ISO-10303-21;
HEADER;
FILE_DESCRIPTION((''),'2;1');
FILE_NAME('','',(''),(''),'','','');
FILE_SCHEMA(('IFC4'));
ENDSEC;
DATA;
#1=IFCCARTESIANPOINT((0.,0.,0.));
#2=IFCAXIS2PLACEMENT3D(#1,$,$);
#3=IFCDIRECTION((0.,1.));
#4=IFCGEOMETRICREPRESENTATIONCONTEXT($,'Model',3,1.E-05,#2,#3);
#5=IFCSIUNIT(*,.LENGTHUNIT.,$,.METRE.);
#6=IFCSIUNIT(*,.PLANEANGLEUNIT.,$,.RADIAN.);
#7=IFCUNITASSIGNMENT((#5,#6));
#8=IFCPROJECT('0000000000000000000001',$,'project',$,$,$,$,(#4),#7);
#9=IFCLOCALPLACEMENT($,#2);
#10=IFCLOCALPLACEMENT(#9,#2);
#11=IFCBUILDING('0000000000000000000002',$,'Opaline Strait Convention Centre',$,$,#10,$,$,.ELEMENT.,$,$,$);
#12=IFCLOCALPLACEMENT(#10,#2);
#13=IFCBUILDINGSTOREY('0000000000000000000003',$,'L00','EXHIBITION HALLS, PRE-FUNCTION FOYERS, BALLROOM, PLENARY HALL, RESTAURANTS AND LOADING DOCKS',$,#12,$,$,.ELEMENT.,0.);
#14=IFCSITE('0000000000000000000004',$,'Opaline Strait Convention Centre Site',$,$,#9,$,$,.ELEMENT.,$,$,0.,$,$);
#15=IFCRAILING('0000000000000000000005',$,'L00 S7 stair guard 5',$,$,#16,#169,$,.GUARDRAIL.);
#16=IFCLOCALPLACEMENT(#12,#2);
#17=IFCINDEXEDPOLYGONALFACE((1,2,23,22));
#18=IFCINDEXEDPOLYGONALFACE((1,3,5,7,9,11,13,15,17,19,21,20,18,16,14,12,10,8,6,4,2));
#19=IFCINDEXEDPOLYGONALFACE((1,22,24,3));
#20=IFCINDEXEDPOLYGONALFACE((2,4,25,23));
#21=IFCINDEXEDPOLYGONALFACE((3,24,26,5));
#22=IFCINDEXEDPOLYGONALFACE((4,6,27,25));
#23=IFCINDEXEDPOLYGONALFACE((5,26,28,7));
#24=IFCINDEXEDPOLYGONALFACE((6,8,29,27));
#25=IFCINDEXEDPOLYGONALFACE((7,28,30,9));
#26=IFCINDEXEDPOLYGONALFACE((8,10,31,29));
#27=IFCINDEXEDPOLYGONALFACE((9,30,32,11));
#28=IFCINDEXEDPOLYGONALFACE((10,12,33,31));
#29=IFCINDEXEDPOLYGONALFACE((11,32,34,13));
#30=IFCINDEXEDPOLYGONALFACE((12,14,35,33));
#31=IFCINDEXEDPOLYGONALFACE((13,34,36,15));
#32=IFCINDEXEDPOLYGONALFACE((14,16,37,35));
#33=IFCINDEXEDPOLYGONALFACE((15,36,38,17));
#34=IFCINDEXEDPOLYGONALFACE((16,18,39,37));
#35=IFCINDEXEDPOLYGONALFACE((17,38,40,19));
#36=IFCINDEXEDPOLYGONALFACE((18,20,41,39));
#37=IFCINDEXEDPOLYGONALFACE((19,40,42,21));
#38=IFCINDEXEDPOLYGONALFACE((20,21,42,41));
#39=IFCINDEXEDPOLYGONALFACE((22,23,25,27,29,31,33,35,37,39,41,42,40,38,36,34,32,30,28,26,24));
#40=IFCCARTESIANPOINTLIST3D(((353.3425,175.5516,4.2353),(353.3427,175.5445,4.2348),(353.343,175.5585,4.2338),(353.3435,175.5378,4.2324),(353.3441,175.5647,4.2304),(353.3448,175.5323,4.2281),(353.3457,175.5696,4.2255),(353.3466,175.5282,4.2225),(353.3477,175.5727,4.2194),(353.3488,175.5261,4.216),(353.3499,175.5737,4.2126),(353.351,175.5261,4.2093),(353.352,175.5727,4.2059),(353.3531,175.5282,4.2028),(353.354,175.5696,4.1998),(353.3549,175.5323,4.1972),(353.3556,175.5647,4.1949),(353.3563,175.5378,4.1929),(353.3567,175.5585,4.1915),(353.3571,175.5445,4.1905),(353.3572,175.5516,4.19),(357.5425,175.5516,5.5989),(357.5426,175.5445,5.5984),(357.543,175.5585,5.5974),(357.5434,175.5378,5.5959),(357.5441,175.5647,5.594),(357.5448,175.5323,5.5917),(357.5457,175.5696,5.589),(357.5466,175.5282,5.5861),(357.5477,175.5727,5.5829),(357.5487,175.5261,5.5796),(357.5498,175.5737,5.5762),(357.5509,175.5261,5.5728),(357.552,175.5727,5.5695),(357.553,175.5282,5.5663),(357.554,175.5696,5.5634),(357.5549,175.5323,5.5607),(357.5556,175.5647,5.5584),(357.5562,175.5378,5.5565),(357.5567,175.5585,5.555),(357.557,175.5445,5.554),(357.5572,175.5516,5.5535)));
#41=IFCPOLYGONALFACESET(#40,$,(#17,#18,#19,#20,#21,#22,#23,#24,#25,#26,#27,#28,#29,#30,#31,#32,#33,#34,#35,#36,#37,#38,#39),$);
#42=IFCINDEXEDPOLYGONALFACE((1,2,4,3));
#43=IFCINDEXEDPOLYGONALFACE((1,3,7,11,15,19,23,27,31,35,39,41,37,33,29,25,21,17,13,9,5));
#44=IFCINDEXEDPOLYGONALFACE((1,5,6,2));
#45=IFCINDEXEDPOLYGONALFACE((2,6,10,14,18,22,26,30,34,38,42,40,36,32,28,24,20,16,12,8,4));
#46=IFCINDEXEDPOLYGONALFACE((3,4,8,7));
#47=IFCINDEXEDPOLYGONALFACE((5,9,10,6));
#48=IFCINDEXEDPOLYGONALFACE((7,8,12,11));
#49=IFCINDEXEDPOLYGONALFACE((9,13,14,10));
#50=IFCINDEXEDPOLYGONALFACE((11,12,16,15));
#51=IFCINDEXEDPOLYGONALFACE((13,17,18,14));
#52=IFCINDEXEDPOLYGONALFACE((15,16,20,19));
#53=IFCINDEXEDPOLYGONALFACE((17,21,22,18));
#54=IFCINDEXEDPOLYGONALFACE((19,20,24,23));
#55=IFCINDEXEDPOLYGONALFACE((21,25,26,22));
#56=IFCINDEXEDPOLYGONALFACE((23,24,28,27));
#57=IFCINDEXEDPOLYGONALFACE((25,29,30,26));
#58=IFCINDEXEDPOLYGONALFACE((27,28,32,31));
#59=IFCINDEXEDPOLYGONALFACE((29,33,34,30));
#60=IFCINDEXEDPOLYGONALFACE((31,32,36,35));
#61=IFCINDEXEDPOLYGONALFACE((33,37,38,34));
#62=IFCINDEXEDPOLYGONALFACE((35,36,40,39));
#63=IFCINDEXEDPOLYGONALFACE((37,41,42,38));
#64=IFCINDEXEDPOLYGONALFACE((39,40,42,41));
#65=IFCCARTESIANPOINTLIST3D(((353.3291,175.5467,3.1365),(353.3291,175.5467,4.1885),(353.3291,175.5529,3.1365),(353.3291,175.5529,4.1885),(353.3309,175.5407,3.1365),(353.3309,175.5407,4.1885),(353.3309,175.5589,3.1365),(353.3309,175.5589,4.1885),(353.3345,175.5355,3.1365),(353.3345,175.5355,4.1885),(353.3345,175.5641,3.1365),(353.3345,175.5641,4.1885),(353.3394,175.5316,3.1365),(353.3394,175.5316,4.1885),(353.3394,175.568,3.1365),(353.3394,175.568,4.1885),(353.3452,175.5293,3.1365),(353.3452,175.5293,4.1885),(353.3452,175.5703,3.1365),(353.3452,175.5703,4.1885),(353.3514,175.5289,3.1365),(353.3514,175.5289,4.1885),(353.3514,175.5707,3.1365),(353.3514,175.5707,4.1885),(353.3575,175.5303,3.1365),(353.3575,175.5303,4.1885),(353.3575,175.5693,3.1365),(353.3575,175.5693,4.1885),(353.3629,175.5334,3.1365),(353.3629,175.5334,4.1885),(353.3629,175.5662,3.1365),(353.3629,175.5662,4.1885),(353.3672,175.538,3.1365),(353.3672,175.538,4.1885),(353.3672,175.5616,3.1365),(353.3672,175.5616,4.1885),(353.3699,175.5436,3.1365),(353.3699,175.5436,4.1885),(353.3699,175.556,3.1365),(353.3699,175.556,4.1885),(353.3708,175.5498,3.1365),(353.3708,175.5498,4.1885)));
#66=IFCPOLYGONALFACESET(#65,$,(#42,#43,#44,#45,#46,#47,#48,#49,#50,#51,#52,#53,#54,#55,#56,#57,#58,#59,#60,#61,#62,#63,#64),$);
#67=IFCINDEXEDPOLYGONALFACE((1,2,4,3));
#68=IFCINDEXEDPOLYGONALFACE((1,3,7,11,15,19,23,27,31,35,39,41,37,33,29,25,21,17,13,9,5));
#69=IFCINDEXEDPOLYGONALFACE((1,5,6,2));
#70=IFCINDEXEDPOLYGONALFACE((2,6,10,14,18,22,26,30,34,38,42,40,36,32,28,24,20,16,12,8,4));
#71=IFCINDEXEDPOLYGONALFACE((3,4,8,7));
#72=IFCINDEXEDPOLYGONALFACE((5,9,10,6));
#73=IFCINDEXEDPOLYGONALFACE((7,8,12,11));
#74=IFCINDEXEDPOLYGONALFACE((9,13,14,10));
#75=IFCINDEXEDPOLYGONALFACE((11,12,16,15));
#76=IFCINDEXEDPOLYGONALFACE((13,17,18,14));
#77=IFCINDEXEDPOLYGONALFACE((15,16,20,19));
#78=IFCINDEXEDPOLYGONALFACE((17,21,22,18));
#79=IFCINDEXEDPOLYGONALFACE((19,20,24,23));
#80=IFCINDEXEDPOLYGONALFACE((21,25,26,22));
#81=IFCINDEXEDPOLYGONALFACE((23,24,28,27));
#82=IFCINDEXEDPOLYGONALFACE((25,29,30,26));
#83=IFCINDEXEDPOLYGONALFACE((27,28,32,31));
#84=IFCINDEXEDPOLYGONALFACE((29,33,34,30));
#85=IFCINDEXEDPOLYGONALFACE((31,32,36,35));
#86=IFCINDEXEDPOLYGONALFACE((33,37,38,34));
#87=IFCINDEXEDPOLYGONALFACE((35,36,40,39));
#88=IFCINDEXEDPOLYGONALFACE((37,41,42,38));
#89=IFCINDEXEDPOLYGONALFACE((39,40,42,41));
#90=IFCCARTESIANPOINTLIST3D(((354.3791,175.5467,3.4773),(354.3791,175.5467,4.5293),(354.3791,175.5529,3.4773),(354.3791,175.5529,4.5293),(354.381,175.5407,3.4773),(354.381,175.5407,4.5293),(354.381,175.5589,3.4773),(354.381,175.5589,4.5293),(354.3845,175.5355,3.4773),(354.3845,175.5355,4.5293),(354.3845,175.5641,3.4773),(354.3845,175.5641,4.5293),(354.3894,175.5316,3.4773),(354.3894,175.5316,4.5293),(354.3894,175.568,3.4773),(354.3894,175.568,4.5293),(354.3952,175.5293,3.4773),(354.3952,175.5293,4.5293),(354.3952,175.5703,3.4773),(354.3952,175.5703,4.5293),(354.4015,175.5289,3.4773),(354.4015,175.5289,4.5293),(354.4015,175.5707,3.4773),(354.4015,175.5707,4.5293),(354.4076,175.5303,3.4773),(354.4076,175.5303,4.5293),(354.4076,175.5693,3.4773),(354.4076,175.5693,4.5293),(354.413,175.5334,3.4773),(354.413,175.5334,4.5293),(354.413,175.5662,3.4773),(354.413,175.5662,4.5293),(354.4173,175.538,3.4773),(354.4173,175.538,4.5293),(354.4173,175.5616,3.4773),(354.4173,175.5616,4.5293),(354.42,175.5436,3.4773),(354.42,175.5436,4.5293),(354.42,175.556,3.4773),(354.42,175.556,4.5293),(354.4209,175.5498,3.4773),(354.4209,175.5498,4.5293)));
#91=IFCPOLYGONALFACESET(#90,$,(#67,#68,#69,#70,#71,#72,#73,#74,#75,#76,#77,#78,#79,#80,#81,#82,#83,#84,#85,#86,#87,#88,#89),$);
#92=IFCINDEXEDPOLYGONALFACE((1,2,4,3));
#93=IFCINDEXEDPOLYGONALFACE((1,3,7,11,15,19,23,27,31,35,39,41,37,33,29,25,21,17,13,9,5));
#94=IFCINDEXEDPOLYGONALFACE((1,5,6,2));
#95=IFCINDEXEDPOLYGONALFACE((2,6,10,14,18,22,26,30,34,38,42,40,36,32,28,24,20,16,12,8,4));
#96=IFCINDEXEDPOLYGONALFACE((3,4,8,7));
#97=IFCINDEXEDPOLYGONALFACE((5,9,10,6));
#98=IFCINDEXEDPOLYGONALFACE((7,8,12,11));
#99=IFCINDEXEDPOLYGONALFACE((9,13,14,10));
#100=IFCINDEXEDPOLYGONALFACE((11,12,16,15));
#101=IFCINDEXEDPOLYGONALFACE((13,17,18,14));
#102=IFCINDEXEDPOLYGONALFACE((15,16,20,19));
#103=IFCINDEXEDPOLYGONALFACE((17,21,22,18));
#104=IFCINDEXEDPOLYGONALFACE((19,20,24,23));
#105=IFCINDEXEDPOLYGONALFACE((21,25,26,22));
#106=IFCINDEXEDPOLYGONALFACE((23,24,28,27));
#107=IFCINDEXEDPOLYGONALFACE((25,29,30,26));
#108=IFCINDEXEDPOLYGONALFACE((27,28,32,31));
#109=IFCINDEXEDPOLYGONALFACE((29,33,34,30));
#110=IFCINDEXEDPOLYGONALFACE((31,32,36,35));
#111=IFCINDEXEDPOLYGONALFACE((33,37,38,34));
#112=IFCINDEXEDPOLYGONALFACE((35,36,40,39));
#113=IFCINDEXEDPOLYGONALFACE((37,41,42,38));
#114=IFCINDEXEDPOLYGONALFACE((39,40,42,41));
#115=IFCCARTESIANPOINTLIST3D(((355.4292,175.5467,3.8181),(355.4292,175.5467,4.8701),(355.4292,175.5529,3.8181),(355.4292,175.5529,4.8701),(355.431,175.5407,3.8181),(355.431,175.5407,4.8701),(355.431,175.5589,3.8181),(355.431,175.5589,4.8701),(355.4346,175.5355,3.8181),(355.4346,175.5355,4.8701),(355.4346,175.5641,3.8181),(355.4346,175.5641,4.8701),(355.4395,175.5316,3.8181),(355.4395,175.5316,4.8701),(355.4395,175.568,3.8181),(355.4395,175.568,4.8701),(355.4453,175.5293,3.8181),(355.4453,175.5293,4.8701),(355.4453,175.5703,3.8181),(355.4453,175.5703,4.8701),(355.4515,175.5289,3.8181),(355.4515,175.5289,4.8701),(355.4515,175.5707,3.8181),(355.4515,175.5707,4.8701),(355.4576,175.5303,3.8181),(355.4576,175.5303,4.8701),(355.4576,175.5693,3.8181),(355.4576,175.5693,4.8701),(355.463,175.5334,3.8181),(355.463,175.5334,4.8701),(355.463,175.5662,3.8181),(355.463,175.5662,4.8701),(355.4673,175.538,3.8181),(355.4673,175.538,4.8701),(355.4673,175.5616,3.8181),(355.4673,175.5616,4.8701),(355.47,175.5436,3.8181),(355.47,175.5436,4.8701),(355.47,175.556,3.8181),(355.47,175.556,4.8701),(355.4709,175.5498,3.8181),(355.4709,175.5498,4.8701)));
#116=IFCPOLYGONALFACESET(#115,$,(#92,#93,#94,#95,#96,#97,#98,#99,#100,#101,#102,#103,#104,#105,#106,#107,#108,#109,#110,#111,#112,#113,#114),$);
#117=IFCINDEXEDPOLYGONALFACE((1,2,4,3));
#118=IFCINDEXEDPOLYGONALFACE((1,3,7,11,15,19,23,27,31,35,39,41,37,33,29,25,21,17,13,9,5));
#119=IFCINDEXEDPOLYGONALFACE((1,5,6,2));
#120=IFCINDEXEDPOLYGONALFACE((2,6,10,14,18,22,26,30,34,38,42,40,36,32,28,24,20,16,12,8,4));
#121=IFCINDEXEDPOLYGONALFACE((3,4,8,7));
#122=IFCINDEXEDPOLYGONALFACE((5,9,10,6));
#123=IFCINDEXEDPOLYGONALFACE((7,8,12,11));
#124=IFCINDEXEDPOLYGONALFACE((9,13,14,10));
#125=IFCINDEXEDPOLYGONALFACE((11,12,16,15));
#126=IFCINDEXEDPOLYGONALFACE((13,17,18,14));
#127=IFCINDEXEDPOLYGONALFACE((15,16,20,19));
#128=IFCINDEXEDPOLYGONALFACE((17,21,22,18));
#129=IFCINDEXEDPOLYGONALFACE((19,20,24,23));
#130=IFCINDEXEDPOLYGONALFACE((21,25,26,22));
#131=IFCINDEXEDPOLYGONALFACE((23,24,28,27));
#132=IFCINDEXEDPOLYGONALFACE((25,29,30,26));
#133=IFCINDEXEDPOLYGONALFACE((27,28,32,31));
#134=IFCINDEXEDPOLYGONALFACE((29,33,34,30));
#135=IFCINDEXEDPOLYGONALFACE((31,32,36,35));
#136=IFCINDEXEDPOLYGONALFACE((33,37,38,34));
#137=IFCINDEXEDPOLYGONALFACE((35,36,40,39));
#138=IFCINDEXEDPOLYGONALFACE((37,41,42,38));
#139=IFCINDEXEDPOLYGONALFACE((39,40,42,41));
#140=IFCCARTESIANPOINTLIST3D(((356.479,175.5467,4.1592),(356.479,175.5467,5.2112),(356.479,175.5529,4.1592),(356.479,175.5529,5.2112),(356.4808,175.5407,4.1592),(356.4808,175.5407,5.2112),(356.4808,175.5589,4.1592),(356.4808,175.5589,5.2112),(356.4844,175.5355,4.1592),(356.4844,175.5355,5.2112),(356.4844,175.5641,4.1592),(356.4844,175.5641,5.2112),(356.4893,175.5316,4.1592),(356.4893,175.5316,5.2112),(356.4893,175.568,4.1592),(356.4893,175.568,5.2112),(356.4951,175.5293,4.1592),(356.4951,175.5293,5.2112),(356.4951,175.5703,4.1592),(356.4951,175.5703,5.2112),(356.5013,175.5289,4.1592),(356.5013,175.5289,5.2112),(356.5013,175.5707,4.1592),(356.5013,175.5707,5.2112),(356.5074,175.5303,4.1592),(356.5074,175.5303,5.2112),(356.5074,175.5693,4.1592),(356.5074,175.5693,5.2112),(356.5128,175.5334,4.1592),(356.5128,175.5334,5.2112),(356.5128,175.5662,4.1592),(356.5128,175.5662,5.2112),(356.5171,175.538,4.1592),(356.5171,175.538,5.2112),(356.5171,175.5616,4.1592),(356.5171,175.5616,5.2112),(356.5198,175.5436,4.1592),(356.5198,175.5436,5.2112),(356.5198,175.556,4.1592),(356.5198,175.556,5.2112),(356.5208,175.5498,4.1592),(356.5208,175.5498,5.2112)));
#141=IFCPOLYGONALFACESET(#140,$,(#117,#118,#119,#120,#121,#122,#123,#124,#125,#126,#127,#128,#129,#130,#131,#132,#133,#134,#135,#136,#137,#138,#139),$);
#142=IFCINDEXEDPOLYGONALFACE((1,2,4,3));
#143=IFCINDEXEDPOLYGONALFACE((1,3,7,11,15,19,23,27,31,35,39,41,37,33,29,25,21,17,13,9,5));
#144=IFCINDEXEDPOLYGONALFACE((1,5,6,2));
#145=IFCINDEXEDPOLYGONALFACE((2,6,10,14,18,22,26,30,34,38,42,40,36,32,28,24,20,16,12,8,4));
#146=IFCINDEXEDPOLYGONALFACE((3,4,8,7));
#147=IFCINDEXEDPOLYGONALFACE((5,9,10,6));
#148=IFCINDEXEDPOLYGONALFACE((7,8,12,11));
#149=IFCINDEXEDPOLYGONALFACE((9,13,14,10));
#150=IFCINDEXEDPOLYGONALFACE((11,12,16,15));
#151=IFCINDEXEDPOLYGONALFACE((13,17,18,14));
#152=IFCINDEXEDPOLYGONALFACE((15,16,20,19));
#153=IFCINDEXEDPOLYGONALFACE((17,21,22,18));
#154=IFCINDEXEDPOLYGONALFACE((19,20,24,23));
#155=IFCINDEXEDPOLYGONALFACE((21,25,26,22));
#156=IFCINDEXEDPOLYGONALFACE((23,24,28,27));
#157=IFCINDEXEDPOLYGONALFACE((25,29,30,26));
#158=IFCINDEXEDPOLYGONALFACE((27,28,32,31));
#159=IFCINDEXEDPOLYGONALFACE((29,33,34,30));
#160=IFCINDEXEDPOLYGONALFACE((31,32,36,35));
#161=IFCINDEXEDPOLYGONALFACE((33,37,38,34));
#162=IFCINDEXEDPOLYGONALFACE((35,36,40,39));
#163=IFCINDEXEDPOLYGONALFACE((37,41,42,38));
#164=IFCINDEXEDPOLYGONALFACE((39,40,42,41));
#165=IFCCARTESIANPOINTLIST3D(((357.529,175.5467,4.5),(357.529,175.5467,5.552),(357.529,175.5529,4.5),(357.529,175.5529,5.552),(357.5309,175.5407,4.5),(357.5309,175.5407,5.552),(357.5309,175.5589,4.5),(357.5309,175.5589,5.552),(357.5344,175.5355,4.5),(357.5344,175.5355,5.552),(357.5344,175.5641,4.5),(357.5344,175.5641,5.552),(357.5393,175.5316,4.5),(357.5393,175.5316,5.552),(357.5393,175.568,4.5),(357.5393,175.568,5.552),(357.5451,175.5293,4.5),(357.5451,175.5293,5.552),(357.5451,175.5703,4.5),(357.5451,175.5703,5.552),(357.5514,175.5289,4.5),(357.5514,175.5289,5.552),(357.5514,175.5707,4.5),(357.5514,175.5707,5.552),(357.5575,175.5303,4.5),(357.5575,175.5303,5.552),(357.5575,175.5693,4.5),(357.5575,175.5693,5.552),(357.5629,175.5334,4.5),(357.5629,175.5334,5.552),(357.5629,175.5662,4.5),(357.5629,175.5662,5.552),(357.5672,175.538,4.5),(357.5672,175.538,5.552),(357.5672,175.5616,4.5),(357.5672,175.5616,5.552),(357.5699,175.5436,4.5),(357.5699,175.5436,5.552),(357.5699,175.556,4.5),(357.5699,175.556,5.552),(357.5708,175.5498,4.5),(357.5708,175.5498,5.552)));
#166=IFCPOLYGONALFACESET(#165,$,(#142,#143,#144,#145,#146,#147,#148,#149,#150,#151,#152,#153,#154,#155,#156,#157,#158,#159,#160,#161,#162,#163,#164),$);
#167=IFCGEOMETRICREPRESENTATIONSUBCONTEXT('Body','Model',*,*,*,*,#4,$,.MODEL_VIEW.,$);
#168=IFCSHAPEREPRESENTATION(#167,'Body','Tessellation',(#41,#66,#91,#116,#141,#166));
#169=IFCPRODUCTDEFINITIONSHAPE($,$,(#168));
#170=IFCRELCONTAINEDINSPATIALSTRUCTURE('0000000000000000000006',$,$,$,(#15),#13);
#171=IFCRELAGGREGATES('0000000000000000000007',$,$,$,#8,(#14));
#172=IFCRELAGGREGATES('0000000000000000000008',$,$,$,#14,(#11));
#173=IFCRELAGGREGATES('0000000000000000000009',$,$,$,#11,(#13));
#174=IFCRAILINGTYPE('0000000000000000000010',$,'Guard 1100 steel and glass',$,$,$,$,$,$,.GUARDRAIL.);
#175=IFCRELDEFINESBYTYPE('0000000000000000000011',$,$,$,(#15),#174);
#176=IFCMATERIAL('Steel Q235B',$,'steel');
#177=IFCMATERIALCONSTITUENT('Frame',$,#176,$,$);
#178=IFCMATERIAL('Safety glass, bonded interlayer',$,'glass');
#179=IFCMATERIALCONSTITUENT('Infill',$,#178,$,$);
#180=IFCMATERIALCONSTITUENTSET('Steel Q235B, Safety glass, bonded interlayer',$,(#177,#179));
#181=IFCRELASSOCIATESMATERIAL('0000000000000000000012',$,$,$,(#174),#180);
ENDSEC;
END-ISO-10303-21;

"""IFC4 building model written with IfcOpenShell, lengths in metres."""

from ifc_helpers import new_model, si_unit, direction, frame, origin, origin_2d, place, context, subcontext, project, spatial, circle, extrude, material, constituent, constituent_set, type_object, element, save


model = new_model("IFC4")

# Units and contexts
model_context = context("Model", 3, precision=1e-05, world=origin(), true_north=direction((0.0, 1.0)))
body_context = subcontext(model_context, "Body", "Model", "MODEL_VIEW")
ifc_project = project(units=[si_unit("LENGTHUNIT", "METRE"), si_unit("PLANEANGLEUNIT", "RADIAN")], contexts=[model_context])

# Site, building, storey
site_placement = place(None, origin())
site = spatial("IfcSite", under=ifc_project, at=site_placement, Name="Opaline Strait Convention Centre Site", CompositionType="ELEMENT", RefElevation=0.0)
building_placement = place(site_placement, origin())
building = spatial("IfcBuilding", under=site, at=building_placement, Name="Opaline Strait Convention Centre", CompositionType="ELEMENT")
storey_placement = place(building_placement, origin())
storey = spatial("IfcBuildingStorey", under=building, at=storey_placement, Name="L00", Description="EXHIBITION HALLS, PRE-FUNCTION FOYERS, BALLROOM, PLENARY HALL, RESTAURANTS AND LOADING DOCKS", CompositionType="ELEMENT", Elevation=0.0)

# Shared definitions
ifc_material_1 = material(Name="Steel Q235B", Category="steel")

# Railing
ifc_constituent_1 = constituent(ifc_material_1, Name="Frame")
ifc_material_2 = material(Name="Safety glass, bonded interlayer", Category="glass")
ifc_constituent_2 = constituent(ifc_material_2, Name="Infill")
ifc_constituent_set = constituent_set(constituents=[ifc_constituent_1, ifc_constituent_2], Name="Steel Q235B, Safety glass, bonded interlayer")
railing_type_1 = type_object("IfcRailingType", Name="Guard 1100 steel and glass", PredefinedType="GUARDRAIL", material=ifc_constituent_set)
railing_1_placement = place(storey_placement, frame((353.3499, 175.5498, 3.1365)))
element("IfcRailing", 1, at=railing_1_placement, inside=storey, type_object=railing_type_1, Name="L00 S7 stair guard 5", PredefinedType="GUARDRAIL", context=body_context, shape_type="SweptSolid", body=[
    extrude(circle(Radius=0.0239, at=origin_2d()), frame((0.0, 0.0, 1.0762), z_axis=(0.951131, 0.0, 0.308787), x_axis=(0.0, 1.0, 0.0)), (0.0, 0.0, 1.0), 4.4158),
    extrude(circle(Radius=0.021, at=origin_2d()), origin(), (0.0, 0.0, 1.0), 1.052),
    extrude(circle(Radius=0.021, at=origin_2d()), frame((1.05, 0.0, 0.3408)), (0.0, 0.0, 1.0), 1.052),
    extrude(circle(Radius=0.021, at=origin_2d()), frame((2.1001, 0.0, 0.6816)), (0.0, 0.0, 1.0), 1.052),
    extrude(circle(Radius=0.021, at=origin_2d()), frame((3.1499, 0.0, 1.0227)), (0.0, 0.0, 1.0), 1.052),
    extrude(circle(Radius=0.021, at=origin_2d()), frame((4.2, 0.0, 1.3635)), (0.0, 0.0, 1.0), 1.052),
])

save(model, "model.ifc")
